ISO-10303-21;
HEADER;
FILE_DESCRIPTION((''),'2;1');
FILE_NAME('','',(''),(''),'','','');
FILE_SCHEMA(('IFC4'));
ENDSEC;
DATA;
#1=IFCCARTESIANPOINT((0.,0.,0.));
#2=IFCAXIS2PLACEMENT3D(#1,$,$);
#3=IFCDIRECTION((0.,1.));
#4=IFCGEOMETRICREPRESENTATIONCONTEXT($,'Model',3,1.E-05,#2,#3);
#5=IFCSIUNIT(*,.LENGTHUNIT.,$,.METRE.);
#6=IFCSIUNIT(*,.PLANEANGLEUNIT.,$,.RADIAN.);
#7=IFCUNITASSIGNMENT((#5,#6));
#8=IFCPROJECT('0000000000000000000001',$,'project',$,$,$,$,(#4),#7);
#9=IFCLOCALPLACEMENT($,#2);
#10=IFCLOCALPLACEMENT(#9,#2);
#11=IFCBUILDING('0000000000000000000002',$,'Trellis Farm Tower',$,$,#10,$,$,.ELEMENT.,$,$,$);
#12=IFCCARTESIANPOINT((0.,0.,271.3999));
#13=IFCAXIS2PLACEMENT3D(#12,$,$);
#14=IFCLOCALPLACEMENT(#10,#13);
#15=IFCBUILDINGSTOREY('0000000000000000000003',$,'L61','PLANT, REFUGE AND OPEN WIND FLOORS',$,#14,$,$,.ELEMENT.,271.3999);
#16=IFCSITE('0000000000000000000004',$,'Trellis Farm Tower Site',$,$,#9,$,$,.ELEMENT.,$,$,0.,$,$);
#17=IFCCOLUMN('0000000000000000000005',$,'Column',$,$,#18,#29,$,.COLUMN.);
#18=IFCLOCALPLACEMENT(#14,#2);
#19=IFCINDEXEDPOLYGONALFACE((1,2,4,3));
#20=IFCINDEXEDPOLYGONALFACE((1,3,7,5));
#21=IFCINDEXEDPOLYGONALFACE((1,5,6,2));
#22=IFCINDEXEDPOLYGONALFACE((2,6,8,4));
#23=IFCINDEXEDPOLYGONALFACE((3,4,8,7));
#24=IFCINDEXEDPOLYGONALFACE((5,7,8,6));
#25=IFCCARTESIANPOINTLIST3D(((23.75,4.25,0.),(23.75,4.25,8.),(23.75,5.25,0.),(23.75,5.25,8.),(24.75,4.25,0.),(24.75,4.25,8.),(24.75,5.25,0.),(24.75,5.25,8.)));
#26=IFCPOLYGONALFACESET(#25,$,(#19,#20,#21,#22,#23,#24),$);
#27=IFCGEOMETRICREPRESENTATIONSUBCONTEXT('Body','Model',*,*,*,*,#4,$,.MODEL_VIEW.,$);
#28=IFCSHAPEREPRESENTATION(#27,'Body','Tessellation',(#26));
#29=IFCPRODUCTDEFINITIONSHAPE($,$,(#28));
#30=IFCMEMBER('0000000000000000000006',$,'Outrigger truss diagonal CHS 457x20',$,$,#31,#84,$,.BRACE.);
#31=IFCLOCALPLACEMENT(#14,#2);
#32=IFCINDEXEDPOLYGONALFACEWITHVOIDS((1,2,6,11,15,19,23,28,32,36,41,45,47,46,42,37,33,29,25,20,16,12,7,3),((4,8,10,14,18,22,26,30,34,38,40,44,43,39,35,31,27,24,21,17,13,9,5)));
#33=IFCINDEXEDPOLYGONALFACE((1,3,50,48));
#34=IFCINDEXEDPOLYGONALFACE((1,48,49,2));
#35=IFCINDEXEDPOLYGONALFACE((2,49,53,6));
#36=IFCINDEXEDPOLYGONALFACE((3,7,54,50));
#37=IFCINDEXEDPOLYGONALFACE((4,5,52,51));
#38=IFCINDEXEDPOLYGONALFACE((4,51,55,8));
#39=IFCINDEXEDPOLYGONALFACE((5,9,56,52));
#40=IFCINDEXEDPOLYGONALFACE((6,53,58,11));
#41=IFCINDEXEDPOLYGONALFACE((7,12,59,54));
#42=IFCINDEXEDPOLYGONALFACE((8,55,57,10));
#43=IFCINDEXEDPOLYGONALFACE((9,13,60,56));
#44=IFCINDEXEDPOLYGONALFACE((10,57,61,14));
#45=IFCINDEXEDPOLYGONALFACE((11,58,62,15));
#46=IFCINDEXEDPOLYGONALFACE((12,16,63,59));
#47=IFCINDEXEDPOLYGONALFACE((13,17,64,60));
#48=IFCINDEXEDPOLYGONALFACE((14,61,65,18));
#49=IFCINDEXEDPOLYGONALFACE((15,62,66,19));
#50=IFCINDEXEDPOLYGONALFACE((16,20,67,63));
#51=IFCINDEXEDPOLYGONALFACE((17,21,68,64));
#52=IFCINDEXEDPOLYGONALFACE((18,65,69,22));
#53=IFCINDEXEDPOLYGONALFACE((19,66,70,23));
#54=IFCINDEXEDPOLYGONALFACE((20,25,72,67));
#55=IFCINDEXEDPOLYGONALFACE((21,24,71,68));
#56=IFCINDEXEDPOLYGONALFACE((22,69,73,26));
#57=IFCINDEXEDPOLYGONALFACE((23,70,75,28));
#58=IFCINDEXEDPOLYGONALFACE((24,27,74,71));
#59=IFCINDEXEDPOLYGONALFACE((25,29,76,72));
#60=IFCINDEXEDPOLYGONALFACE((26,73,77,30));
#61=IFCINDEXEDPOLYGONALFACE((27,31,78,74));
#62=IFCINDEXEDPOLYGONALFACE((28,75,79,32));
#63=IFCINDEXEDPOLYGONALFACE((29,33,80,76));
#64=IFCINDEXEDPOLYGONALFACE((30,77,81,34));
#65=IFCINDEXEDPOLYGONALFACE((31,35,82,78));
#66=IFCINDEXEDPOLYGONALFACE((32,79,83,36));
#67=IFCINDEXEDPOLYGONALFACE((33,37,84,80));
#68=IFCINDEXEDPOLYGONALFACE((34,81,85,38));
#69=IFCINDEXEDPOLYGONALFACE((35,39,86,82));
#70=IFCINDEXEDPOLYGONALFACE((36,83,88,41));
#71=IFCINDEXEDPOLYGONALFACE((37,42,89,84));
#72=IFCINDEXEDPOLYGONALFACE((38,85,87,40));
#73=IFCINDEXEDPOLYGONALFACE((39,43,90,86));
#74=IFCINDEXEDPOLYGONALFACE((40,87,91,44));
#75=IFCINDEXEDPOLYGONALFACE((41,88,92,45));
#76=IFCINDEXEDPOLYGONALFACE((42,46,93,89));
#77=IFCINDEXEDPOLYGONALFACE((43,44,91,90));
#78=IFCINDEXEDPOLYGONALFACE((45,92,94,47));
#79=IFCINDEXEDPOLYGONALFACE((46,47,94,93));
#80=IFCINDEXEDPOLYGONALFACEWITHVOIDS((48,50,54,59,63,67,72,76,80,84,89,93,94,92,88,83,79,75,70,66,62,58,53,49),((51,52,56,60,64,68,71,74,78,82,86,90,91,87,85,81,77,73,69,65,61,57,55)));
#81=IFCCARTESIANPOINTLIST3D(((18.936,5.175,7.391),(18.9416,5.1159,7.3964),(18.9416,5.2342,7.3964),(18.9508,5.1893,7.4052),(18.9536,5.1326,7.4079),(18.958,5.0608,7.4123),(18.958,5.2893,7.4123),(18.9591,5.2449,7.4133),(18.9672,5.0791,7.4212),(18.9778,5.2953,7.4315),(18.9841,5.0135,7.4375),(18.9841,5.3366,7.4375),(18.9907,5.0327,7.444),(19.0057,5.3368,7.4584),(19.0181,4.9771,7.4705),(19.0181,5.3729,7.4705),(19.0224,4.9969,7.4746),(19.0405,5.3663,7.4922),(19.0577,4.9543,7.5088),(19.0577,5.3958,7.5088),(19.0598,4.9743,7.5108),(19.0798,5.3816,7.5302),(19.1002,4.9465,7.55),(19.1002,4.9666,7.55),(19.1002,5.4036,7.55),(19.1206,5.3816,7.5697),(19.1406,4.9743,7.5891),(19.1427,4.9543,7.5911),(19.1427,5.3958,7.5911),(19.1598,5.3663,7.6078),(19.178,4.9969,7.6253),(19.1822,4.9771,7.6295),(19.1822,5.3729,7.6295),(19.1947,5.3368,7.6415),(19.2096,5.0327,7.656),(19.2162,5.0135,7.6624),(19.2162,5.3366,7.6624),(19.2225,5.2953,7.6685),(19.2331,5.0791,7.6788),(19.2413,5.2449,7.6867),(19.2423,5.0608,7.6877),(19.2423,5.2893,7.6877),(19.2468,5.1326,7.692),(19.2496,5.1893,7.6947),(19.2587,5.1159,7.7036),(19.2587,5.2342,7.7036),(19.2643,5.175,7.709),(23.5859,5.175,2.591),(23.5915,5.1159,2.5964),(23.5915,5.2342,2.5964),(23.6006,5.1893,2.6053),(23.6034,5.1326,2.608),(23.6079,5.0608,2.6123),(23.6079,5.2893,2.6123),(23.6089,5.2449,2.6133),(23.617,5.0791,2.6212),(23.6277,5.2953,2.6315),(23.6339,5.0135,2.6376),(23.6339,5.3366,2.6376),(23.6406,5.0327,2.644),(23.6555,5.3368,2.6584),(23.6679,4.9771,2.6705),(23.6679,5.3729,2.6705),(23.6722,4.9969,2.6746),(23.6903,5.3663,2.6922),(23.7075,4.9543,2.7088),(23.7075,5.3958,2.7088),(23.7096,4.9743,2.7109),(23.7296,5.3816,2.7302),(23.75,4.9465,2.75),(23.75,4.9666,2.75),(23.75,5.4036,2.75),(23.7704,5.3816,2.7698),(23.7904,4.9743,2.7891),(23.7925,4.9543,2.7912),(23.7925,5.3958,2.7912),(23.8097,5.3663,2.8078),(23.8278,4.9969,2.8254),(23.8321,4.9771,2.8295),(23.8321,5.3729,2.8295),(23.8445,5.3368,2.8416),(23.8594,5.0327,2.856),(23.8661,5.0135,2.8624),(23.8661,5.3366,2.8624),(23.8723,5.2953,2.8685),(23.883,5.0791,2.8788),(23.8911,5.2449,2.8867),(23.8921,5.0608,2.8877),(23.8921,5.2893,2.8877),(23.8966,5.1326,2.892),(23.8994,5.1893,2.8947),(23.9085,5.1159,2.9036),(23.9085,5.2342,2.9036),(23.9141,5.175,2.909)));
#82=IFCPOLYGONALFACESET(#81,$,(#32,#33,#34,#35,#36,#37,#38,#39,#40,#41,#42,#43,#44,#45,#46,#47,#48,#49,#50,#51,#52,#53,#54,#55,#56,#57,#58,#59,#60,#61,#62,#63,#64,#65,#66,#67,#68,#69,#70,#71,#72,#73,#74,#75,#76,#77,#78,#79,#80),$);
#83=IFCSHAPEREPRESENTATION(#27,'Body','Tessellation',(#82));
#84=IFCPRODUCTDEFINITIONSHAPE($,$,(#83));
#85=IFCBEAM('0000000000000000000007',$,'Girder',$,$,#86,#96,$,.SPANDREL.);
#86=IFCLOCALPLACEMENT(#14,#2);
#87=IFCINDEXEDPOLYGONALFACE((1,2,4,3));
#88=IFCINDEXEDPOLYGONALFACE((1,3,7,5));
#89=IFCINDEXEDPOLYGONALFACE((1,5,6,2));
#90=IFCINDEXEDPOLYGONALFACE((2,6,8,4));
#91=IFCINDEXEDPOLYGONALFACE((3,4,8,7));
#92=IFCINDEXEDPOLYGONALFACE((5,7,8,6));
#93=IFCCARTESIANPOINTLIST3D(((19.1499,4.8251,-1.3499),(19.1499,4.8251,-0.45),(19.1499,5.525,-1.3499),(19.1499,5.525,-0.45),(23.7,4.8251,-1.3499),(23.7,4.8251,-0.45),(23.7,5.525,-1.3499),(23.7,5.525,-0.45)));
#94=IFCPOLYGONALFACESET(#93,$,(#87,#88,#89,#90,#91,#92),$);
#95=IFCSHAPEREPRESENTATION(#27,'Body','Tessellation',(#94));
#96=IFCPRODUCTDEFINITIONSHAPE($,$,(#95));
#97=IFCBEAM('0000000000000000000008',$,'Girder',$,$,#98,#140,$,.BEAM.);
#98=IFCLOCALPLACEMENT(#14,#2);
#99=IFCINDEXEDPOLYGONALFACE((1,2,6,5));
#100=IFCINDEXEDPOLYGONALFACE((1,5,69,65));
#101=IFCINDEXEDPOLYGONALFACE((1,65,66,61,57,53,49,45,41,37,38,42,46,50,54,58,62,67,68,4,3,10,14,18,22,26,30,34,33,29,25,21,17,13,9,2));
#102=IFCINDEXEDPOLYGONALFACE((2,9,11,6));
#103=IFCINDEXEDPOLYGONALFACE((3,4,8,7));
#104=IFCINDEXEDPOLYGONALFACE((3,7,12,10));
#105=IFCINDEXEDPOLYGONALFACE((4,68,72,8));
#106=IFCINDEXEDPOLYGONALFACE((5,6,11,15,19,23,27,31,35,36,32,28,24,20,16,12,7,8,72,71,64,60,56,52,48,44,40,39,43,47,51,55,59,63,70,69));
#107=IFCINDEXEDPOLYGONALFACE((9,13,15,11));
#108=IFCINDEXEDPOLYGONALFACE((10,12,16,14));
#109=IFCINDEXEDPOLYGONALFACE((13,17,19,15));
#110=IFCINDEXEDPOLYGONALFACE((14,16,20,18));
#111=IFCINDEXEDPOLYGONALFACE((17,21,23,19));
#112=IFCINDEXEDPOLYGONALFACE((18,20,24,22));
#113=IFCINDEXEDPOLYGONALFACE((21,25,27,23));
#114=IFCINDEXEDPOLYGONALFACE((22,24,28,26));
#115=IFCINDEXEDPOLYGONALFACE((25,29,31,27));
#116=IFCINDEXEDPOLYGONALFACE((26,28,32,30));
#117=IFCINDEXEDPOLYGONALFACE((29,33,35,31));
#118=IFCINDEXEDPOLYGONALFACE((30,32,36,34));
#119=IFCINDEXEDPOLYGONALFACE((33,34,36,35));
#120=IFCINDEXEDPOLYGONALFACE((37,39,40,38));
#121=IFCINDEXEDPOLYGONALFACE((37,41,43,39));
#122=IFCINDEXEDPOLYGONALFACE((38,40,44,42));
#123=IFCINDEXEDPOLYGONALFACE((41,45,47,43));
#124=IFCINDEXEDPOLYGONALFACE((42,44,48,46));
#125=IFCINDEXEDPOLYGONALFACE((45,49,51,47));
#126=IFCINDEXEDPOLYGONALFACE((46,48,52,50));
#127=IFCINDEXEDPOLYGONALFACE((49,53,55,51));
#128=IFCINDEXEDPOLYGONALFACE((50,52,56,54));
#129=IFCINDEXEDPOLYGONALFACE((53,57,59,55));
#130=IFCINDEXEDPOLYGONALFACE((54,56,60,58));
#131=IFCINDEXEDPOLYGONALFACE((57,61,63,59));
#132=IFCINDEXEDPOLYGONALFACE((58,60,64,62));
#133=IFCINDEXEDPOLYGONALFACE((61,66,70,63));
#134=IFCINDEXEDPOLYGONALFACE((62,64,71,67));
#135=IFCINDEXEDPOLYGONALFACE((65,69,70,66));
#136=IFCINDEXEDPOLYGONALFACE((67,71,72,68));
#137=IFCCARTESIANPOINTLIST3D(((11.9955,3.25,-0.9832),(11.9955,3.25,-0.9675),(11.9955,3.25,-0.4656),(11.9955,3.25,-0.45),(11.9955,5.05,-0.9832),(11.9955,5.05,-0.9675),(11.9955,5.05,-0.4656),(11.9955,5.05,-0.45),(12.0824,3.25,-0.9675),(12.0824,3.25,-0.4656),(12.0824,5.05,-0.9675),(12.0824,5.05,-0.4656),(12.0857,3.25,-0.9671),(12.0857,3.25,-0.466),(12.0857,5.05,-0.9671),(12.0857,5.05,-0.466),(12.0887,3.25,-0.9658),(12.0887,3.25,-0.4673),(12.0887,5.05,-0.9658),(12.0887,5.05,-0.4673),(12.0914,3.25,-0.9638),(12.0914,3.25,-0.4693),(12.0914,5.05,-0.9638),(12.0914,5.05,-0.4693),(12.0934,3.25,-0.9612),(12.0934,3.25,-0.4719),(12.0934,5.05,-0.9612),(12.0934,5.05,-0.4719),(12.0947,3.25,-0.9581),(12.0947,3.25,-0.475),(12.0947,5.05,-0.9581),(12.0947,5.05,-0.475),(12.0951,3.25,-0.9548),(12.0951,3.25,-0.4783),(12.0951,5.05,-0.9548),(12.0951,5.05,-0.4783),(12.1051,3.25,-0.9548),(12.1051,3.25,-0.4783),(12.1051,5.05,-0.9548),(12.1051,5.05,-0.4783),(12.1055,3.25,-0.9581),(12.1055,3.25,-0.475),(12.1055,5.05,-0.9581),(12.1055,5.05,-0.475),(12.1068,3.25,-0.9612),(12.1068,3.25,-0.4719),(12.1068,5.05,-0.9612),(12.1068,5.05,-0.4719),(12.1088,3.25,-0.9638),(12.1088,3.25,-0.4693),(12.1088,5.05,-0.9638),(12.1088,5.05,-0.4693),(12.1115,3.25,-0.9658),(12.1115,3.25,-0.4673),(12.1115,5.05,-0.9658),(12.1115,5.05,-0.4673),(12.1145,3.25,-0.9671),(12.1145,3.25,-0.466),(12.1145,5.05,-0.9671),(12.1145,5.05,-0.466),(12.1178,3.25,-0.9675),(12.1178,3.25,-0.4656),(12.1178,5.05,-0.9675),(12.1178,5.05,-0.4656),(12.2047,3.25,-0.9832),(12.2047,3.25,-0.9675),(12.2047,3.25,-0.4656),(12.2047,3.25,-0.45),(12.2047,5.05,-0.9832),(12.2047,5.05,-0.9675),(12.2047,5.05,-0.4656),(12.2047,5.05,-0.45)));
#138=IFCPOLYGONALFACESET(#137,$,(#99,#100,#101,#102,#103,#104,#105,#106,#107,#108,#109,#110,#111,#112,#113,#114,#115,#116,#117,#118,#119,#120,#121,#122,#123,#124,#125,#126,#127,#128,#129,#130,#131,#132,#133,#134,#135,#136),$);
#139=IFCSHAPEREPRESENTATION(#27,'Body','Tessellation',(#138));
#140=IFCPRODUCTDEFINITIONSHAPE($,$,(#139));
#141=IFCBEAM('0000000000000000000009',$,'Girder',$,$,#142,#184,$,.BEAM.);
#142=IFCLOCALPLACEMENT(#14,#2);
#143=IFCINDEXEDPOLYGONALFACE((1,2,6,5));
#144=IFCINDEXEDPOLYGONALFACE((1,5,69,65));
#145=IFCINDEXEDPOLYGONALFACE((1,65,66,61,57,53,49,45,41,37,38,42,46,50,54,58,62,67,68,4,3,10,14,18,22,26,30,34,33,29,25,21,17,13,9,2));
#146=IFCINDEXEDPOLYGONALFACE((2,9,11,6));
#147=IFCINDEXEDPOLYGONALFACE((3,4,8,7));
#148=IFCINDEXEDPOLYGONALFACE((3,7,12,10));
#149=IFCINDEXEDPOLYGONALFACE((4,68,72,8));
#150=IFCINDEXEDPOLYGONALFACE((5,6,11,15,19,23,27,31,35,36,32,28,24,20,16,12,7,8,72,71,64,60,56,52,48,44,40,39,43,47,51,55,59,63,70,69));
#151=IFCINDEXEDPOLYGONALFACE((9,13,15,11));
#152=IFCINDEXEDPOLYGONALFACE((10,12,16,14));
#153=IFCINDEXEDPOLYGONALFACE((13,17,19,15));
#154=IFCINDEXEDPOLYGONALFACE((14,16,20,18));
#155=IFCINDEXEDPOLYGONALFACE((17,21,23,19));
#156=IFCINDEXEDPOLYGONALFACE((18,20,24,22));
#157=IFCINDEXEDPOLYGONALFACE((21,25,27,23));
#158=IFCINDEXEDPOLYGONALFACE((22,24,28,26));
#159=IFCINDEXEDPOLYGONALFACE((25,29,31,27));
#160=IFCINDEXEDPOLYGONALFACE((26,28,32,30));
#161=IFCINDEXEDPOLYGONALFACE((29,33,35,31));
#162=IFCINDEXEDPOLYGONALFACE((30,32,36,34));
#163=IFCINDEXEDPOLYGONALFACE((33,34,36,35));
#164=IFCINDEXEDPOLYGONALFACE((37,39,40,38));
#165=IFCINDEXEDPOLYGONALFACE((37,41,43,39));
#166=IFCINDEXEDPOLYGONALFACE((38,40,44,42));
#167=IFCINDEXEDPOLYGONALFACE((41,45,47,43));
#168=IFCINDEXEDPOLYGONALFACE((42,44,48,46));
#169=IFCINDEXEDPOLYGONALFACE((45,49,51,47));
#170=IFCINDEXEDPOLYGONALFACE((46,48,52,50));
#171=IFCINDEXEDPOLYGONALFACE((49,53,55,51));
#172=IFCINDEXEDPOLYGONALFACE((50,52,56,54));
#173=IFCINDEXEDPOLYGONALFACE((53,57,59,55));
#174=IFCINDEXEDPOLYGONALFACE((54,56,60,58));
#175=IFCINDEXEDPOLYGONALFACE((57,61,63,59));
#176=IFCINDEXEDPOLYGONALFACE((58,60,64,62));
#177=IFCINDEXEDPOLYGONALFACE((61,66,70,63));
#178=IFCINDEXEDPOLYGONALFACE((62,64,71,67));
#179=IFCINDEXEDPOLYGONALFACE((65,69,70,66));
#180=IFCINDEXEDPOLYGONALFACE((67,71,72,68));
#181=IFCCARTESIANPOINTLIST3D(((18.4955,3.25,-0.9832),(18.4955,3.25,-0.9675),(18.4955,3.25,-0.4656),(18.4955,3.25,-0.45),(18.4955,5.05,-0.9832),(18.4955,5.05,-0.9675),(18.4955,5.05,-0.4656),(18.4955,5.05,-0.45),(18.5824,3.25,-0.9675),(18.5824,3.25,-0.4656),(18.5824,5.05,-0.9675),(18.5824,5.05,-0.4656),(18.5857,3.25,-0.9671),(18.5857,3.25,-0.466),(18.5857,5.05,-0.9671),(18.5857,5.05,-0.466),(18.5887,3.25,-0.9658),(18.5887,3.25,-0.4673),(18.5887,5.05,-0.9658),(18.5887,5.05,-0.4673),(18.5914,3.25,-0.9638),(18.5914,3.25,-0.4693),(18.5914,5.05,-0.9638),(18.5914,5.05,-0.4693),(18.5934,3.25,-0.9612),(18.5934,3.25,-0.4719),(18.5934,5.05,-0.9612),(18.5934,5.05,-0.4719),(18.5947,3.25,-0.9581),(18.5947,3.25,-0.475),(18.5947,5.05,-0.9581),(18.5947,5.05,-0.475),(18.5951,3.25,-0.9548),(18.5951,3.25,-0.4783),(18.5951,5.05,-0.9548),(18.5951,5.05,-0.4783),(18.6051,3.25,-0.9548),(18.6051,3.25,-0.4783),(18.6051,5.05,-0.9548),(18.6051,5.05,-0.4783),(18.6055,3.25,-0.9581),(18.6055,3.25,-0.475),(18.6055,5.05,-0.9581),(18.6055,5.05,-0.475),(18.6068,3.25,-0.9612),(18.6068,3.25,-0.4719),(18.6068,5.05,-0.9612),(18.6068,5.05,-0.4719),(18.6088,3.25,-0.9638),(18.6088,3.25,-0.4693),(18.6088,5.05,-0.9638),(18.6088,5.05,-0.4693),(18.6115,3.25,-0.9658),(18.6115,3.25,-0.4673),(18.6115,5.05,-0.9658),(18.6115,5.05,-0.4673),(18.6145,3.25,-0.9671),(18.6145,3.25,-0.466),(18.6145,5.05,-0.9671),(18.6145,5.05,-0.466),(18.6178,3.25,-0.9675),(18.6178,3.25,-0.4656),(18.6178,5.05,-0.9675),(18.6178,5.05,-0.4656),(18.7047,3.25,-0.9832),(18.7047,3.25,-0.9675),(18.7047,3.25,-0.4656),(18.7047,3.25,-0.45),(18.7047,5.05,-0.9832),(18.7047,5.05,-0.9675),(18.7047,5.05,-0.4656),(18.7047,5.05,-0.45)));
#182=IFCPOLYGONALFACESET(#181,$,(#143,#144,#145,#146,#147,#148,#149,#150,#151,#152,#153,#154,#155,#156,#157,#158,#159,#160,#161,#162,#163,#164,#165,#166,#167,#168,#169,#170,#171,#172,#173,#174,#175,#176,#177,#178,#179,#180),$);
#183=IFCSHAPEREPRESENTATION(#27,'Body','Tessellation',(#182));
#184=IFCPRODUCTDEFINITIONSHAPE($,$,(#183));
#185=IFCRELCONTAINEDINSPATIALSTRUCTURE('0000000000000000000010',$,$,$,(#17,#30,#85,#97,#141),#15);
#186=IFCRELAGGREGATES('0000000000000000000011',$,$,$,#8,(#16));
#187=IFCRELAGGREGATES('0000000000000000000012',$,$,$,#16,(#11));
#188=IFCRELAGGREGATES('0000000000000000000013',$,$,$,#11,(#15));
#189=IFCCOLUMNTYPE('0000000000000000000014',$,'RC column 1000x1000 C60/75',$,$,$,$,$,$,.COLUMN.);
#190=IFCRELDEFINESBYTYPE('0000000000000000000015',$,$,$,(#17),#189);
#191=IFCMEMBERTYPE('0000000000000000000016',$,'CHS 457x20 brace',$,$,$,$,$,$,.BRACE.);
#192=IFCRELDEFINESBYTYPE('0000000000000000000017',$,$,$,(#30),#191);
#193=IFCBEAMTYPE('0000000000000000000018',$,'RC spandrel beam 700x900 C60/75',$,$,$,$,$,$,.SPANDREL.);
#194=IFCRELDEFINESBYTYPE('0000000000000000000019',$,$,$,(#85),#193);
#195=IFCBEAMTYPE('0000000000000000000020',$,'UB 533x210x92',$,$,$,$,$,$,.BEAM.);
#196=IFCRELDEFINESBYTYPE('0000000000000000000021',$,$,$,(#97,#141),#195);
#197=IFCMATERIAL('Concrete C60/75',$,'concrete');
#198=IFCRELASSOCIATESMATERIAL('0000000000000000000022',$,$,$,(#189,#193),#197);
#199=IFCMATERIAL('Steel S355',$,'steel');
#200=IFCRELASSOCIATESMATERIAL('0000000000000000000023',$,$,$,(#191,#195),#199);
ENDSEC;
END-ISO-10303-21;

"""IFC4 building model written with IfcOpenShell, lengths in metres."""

from ifc_helpers import new_model, si_unit, direction, frame, origin, origin_2d, place, context, subcontext, project, spatial, rectangle, hollow_circle, i_section, extrude, source, transform, mapped, material, material_profile, profile_set, type_object, element, save


model = new_model("IFC4")

# Units and contexts
model_context = context("Model", 3, precision=1e-05, world=origin(), true_north=direction((0.0, 1.0)))
body_context = subcontext(model_context, "Body", "Model", "MODEL_VIEW")
ifc_project = project(units=[si_unit("LENGTHUNIT", "METRE"), si_unit("PLANEANGLEUNIT", "RADIAN")], contexts=[model_context])

# Site, building, storey
site_placement = place(None, origin())
site = spatial("IfcSite", under=ifc_project, at=site_placement, Name="Trellis Farm Tower Site", CompositionType="ELEMENT", RefElevation=0.0)
building_placement = place(site_placement, origin())
building = spatial("IfcBuilding", under=site, at=building_placement, Name="Trellis Farm Tower", CompositionType="ELEMENT")
storey_placement = place(building_placement, frame((0.0, 0.0, 271.3999)))
storey = spatial("IfcBuildingStorey", under=building, at=storey_placement, Name="L61", Description="PLANT, REFUGE AND OPEN WIND FLOORS", CompositionType="ELEMENT", Elevation=271.3999)

# Column
ifc_material_1 = material(Name="Concrete C60/75", Category="concrete")
ifc_material_profile_1 = material_profile(ifc_material_1, rectangle(XDim=1.0, YDim=1.0, at=origin_2d()), Name="RC column 1000x1000 C60/75")
ifc_profile_set_1 = profile_set([ifc_material_profile_1], Name="Concrete C60/75")
column_type = type_object("IfcColumnType", Name="RC column 1000x1000 C60/75", PredefinedType="COLUMN", material=ifc_profile_set_1)
shared_shape_1 = source(origin(), body_context, "Body", "SweptSolid", [
    extrude(rectangle(XDim=1.0, YDim=1.0, at=origin_2d()), origin(), (0.0, 0.0, 1.0), 8.0),
])
column_placement = place(storey_placement, frame((24.25, 4.75, 0.0), z_axis=(0.0, 0.0, 1.0), x_axis=(1.0, 0.0, 0.0)))
element("IfcColumn", 1, at=column_placement, inside=storey, type_object=column_type, Name="Column", PredefinedType="COLUMN", context=body_context, shape_type="MappedRepresentation", body=[
    mapped(shared_shape_1, transform((0.0, 0.0, 0.0))),
])

# Member
ifc_material_2 = material(Name="Steel S355", Category="steel")
ifc_material_profile_2 = material_profile(ifc_material_2, hollow_circle(Radius=0.2285, WallThickness=0.02, at=origin_2d()), Name="CHS 457x20")
ifc_profile_set_2 = profile_set([ifc_material_profile_2], Name="Steel S355")
member_type = type_object("IfcMemberType", Name="CHS 457x20 brace", PredefinedType="BRACE", material=ifc_profile_set_2)
member_placement = place(storey_placement, frame((23.75, 5.175, 2.75), z_axis=(-0.695784, 0.0, 0.718251), x_axis=(0.0, -1.0, 0.0)))
element("IfcMember", 2, at=member_placement, inside=storey, type_object=member_type, Name="Outrigger truss diagonal CHS 457x20", PredefinedType="BRACE", context=body_context, shape_type="SweptSolid", body=[
    extrude(hollow_circle(Radius=0.2285, WallThickness=0.02, at=origin_2d()), origin(), (0.0, 0.0, 1.0), 6.6829),
])

# Beams
ifc_material_profile_3 = material_profile(ifc_material_1, rectangle(XDim=0.7, YDim=0.8999, at=origin_2d()), Name="RC spandrel beam 700x900 C60/75")
ifc_profile_set_3 = profile_set([ifc_material_profile_3], Name="Concrete C60/75")
beam_type_1 = type_object("IfcBeamType", Name="RC spandrel beam 700x900 C60/75", PredefinedType="SPANDREL", material=ifc_profile_set_3)
shared_shape_2 = source(origin(), body_context, "Body", "SweptSolid", [
    extrude(rectangle(XDim=0.7, YDim=0.8999, at=origin_2d()), origin(), (0.0, 0.0, 1.0), 4.55),
])
beam_1_placement = place(storey_placement, frame((19.1499, 5.175, -0.8999), z_axis=(1.0, 0.0, 0.0), x_axis=(0.0, 1.0, 0.0)))
element("IfcBeam", 3, at=beam_1_placement, inside=storey, type_object=beam_type_1, Name="Girder", PredefinedType="SPANDREL", context=body_context, shape_type="MappedRepresentation", body=[
    mapped(shared_shape_2, transform((0.0, 0.0, 0.0))),
])
ifc_material_profile_4 = material_profile(ifc_material_2, i_section(OverallWidth=0.2092, OverallDepth=0.5332, WebThickness=0.01, FlangeThickness=0.0156, FilletRadius=0.0127, at=origin_2d()), Name="UB 533x210x92")
ifc_profile_set_4 = profile_set([ifc_material_profile_4], Name="Steel S355")
beam_type_2 = type_object("IfcBeamType", Name="UB 533x210x92", PredefinedType="BEAM", material=ifc_profile_set_4)
shared_shape_3 = source(origin(), body_context, "Body", "SweptSolid", [
    extrude(i_section(OverallWidth=0.2092, OverallDepth=0.5332, WebThickness=0.01, FlangeThickness=0.0156, FilletRadius=0.0127, at=origin_2d()), origin(), (0.0, 0.0, 1.0), 1.8),
])
for number, where, z_axis, x_axis, name in (
    (4, (12.1001, 3.25, -0.7166), (0.0, 1.0, 0.0), (-1.0, 0.0, 0.0), "Girder"),
    (5, (18.6001, 3.25, -0.7166), (0.0, 1.0, 0.0), (-1.0, 0.0, 0.0), "Girder"),
):
    element("IfcBeam", number, at=place(storey_placement, frame(where, z_axis=z_axis, x_axis=x_axis)), inside=storey, type_object=beam_type_2, Name=name, PredefinedType="BEAM", context=body_context, shape_type="MappedRepresentation", body=[
        mapped(shared_shape_3, transform((0.0, 0.0, 0.0))),
    ])

save(model, "model.ifc")
